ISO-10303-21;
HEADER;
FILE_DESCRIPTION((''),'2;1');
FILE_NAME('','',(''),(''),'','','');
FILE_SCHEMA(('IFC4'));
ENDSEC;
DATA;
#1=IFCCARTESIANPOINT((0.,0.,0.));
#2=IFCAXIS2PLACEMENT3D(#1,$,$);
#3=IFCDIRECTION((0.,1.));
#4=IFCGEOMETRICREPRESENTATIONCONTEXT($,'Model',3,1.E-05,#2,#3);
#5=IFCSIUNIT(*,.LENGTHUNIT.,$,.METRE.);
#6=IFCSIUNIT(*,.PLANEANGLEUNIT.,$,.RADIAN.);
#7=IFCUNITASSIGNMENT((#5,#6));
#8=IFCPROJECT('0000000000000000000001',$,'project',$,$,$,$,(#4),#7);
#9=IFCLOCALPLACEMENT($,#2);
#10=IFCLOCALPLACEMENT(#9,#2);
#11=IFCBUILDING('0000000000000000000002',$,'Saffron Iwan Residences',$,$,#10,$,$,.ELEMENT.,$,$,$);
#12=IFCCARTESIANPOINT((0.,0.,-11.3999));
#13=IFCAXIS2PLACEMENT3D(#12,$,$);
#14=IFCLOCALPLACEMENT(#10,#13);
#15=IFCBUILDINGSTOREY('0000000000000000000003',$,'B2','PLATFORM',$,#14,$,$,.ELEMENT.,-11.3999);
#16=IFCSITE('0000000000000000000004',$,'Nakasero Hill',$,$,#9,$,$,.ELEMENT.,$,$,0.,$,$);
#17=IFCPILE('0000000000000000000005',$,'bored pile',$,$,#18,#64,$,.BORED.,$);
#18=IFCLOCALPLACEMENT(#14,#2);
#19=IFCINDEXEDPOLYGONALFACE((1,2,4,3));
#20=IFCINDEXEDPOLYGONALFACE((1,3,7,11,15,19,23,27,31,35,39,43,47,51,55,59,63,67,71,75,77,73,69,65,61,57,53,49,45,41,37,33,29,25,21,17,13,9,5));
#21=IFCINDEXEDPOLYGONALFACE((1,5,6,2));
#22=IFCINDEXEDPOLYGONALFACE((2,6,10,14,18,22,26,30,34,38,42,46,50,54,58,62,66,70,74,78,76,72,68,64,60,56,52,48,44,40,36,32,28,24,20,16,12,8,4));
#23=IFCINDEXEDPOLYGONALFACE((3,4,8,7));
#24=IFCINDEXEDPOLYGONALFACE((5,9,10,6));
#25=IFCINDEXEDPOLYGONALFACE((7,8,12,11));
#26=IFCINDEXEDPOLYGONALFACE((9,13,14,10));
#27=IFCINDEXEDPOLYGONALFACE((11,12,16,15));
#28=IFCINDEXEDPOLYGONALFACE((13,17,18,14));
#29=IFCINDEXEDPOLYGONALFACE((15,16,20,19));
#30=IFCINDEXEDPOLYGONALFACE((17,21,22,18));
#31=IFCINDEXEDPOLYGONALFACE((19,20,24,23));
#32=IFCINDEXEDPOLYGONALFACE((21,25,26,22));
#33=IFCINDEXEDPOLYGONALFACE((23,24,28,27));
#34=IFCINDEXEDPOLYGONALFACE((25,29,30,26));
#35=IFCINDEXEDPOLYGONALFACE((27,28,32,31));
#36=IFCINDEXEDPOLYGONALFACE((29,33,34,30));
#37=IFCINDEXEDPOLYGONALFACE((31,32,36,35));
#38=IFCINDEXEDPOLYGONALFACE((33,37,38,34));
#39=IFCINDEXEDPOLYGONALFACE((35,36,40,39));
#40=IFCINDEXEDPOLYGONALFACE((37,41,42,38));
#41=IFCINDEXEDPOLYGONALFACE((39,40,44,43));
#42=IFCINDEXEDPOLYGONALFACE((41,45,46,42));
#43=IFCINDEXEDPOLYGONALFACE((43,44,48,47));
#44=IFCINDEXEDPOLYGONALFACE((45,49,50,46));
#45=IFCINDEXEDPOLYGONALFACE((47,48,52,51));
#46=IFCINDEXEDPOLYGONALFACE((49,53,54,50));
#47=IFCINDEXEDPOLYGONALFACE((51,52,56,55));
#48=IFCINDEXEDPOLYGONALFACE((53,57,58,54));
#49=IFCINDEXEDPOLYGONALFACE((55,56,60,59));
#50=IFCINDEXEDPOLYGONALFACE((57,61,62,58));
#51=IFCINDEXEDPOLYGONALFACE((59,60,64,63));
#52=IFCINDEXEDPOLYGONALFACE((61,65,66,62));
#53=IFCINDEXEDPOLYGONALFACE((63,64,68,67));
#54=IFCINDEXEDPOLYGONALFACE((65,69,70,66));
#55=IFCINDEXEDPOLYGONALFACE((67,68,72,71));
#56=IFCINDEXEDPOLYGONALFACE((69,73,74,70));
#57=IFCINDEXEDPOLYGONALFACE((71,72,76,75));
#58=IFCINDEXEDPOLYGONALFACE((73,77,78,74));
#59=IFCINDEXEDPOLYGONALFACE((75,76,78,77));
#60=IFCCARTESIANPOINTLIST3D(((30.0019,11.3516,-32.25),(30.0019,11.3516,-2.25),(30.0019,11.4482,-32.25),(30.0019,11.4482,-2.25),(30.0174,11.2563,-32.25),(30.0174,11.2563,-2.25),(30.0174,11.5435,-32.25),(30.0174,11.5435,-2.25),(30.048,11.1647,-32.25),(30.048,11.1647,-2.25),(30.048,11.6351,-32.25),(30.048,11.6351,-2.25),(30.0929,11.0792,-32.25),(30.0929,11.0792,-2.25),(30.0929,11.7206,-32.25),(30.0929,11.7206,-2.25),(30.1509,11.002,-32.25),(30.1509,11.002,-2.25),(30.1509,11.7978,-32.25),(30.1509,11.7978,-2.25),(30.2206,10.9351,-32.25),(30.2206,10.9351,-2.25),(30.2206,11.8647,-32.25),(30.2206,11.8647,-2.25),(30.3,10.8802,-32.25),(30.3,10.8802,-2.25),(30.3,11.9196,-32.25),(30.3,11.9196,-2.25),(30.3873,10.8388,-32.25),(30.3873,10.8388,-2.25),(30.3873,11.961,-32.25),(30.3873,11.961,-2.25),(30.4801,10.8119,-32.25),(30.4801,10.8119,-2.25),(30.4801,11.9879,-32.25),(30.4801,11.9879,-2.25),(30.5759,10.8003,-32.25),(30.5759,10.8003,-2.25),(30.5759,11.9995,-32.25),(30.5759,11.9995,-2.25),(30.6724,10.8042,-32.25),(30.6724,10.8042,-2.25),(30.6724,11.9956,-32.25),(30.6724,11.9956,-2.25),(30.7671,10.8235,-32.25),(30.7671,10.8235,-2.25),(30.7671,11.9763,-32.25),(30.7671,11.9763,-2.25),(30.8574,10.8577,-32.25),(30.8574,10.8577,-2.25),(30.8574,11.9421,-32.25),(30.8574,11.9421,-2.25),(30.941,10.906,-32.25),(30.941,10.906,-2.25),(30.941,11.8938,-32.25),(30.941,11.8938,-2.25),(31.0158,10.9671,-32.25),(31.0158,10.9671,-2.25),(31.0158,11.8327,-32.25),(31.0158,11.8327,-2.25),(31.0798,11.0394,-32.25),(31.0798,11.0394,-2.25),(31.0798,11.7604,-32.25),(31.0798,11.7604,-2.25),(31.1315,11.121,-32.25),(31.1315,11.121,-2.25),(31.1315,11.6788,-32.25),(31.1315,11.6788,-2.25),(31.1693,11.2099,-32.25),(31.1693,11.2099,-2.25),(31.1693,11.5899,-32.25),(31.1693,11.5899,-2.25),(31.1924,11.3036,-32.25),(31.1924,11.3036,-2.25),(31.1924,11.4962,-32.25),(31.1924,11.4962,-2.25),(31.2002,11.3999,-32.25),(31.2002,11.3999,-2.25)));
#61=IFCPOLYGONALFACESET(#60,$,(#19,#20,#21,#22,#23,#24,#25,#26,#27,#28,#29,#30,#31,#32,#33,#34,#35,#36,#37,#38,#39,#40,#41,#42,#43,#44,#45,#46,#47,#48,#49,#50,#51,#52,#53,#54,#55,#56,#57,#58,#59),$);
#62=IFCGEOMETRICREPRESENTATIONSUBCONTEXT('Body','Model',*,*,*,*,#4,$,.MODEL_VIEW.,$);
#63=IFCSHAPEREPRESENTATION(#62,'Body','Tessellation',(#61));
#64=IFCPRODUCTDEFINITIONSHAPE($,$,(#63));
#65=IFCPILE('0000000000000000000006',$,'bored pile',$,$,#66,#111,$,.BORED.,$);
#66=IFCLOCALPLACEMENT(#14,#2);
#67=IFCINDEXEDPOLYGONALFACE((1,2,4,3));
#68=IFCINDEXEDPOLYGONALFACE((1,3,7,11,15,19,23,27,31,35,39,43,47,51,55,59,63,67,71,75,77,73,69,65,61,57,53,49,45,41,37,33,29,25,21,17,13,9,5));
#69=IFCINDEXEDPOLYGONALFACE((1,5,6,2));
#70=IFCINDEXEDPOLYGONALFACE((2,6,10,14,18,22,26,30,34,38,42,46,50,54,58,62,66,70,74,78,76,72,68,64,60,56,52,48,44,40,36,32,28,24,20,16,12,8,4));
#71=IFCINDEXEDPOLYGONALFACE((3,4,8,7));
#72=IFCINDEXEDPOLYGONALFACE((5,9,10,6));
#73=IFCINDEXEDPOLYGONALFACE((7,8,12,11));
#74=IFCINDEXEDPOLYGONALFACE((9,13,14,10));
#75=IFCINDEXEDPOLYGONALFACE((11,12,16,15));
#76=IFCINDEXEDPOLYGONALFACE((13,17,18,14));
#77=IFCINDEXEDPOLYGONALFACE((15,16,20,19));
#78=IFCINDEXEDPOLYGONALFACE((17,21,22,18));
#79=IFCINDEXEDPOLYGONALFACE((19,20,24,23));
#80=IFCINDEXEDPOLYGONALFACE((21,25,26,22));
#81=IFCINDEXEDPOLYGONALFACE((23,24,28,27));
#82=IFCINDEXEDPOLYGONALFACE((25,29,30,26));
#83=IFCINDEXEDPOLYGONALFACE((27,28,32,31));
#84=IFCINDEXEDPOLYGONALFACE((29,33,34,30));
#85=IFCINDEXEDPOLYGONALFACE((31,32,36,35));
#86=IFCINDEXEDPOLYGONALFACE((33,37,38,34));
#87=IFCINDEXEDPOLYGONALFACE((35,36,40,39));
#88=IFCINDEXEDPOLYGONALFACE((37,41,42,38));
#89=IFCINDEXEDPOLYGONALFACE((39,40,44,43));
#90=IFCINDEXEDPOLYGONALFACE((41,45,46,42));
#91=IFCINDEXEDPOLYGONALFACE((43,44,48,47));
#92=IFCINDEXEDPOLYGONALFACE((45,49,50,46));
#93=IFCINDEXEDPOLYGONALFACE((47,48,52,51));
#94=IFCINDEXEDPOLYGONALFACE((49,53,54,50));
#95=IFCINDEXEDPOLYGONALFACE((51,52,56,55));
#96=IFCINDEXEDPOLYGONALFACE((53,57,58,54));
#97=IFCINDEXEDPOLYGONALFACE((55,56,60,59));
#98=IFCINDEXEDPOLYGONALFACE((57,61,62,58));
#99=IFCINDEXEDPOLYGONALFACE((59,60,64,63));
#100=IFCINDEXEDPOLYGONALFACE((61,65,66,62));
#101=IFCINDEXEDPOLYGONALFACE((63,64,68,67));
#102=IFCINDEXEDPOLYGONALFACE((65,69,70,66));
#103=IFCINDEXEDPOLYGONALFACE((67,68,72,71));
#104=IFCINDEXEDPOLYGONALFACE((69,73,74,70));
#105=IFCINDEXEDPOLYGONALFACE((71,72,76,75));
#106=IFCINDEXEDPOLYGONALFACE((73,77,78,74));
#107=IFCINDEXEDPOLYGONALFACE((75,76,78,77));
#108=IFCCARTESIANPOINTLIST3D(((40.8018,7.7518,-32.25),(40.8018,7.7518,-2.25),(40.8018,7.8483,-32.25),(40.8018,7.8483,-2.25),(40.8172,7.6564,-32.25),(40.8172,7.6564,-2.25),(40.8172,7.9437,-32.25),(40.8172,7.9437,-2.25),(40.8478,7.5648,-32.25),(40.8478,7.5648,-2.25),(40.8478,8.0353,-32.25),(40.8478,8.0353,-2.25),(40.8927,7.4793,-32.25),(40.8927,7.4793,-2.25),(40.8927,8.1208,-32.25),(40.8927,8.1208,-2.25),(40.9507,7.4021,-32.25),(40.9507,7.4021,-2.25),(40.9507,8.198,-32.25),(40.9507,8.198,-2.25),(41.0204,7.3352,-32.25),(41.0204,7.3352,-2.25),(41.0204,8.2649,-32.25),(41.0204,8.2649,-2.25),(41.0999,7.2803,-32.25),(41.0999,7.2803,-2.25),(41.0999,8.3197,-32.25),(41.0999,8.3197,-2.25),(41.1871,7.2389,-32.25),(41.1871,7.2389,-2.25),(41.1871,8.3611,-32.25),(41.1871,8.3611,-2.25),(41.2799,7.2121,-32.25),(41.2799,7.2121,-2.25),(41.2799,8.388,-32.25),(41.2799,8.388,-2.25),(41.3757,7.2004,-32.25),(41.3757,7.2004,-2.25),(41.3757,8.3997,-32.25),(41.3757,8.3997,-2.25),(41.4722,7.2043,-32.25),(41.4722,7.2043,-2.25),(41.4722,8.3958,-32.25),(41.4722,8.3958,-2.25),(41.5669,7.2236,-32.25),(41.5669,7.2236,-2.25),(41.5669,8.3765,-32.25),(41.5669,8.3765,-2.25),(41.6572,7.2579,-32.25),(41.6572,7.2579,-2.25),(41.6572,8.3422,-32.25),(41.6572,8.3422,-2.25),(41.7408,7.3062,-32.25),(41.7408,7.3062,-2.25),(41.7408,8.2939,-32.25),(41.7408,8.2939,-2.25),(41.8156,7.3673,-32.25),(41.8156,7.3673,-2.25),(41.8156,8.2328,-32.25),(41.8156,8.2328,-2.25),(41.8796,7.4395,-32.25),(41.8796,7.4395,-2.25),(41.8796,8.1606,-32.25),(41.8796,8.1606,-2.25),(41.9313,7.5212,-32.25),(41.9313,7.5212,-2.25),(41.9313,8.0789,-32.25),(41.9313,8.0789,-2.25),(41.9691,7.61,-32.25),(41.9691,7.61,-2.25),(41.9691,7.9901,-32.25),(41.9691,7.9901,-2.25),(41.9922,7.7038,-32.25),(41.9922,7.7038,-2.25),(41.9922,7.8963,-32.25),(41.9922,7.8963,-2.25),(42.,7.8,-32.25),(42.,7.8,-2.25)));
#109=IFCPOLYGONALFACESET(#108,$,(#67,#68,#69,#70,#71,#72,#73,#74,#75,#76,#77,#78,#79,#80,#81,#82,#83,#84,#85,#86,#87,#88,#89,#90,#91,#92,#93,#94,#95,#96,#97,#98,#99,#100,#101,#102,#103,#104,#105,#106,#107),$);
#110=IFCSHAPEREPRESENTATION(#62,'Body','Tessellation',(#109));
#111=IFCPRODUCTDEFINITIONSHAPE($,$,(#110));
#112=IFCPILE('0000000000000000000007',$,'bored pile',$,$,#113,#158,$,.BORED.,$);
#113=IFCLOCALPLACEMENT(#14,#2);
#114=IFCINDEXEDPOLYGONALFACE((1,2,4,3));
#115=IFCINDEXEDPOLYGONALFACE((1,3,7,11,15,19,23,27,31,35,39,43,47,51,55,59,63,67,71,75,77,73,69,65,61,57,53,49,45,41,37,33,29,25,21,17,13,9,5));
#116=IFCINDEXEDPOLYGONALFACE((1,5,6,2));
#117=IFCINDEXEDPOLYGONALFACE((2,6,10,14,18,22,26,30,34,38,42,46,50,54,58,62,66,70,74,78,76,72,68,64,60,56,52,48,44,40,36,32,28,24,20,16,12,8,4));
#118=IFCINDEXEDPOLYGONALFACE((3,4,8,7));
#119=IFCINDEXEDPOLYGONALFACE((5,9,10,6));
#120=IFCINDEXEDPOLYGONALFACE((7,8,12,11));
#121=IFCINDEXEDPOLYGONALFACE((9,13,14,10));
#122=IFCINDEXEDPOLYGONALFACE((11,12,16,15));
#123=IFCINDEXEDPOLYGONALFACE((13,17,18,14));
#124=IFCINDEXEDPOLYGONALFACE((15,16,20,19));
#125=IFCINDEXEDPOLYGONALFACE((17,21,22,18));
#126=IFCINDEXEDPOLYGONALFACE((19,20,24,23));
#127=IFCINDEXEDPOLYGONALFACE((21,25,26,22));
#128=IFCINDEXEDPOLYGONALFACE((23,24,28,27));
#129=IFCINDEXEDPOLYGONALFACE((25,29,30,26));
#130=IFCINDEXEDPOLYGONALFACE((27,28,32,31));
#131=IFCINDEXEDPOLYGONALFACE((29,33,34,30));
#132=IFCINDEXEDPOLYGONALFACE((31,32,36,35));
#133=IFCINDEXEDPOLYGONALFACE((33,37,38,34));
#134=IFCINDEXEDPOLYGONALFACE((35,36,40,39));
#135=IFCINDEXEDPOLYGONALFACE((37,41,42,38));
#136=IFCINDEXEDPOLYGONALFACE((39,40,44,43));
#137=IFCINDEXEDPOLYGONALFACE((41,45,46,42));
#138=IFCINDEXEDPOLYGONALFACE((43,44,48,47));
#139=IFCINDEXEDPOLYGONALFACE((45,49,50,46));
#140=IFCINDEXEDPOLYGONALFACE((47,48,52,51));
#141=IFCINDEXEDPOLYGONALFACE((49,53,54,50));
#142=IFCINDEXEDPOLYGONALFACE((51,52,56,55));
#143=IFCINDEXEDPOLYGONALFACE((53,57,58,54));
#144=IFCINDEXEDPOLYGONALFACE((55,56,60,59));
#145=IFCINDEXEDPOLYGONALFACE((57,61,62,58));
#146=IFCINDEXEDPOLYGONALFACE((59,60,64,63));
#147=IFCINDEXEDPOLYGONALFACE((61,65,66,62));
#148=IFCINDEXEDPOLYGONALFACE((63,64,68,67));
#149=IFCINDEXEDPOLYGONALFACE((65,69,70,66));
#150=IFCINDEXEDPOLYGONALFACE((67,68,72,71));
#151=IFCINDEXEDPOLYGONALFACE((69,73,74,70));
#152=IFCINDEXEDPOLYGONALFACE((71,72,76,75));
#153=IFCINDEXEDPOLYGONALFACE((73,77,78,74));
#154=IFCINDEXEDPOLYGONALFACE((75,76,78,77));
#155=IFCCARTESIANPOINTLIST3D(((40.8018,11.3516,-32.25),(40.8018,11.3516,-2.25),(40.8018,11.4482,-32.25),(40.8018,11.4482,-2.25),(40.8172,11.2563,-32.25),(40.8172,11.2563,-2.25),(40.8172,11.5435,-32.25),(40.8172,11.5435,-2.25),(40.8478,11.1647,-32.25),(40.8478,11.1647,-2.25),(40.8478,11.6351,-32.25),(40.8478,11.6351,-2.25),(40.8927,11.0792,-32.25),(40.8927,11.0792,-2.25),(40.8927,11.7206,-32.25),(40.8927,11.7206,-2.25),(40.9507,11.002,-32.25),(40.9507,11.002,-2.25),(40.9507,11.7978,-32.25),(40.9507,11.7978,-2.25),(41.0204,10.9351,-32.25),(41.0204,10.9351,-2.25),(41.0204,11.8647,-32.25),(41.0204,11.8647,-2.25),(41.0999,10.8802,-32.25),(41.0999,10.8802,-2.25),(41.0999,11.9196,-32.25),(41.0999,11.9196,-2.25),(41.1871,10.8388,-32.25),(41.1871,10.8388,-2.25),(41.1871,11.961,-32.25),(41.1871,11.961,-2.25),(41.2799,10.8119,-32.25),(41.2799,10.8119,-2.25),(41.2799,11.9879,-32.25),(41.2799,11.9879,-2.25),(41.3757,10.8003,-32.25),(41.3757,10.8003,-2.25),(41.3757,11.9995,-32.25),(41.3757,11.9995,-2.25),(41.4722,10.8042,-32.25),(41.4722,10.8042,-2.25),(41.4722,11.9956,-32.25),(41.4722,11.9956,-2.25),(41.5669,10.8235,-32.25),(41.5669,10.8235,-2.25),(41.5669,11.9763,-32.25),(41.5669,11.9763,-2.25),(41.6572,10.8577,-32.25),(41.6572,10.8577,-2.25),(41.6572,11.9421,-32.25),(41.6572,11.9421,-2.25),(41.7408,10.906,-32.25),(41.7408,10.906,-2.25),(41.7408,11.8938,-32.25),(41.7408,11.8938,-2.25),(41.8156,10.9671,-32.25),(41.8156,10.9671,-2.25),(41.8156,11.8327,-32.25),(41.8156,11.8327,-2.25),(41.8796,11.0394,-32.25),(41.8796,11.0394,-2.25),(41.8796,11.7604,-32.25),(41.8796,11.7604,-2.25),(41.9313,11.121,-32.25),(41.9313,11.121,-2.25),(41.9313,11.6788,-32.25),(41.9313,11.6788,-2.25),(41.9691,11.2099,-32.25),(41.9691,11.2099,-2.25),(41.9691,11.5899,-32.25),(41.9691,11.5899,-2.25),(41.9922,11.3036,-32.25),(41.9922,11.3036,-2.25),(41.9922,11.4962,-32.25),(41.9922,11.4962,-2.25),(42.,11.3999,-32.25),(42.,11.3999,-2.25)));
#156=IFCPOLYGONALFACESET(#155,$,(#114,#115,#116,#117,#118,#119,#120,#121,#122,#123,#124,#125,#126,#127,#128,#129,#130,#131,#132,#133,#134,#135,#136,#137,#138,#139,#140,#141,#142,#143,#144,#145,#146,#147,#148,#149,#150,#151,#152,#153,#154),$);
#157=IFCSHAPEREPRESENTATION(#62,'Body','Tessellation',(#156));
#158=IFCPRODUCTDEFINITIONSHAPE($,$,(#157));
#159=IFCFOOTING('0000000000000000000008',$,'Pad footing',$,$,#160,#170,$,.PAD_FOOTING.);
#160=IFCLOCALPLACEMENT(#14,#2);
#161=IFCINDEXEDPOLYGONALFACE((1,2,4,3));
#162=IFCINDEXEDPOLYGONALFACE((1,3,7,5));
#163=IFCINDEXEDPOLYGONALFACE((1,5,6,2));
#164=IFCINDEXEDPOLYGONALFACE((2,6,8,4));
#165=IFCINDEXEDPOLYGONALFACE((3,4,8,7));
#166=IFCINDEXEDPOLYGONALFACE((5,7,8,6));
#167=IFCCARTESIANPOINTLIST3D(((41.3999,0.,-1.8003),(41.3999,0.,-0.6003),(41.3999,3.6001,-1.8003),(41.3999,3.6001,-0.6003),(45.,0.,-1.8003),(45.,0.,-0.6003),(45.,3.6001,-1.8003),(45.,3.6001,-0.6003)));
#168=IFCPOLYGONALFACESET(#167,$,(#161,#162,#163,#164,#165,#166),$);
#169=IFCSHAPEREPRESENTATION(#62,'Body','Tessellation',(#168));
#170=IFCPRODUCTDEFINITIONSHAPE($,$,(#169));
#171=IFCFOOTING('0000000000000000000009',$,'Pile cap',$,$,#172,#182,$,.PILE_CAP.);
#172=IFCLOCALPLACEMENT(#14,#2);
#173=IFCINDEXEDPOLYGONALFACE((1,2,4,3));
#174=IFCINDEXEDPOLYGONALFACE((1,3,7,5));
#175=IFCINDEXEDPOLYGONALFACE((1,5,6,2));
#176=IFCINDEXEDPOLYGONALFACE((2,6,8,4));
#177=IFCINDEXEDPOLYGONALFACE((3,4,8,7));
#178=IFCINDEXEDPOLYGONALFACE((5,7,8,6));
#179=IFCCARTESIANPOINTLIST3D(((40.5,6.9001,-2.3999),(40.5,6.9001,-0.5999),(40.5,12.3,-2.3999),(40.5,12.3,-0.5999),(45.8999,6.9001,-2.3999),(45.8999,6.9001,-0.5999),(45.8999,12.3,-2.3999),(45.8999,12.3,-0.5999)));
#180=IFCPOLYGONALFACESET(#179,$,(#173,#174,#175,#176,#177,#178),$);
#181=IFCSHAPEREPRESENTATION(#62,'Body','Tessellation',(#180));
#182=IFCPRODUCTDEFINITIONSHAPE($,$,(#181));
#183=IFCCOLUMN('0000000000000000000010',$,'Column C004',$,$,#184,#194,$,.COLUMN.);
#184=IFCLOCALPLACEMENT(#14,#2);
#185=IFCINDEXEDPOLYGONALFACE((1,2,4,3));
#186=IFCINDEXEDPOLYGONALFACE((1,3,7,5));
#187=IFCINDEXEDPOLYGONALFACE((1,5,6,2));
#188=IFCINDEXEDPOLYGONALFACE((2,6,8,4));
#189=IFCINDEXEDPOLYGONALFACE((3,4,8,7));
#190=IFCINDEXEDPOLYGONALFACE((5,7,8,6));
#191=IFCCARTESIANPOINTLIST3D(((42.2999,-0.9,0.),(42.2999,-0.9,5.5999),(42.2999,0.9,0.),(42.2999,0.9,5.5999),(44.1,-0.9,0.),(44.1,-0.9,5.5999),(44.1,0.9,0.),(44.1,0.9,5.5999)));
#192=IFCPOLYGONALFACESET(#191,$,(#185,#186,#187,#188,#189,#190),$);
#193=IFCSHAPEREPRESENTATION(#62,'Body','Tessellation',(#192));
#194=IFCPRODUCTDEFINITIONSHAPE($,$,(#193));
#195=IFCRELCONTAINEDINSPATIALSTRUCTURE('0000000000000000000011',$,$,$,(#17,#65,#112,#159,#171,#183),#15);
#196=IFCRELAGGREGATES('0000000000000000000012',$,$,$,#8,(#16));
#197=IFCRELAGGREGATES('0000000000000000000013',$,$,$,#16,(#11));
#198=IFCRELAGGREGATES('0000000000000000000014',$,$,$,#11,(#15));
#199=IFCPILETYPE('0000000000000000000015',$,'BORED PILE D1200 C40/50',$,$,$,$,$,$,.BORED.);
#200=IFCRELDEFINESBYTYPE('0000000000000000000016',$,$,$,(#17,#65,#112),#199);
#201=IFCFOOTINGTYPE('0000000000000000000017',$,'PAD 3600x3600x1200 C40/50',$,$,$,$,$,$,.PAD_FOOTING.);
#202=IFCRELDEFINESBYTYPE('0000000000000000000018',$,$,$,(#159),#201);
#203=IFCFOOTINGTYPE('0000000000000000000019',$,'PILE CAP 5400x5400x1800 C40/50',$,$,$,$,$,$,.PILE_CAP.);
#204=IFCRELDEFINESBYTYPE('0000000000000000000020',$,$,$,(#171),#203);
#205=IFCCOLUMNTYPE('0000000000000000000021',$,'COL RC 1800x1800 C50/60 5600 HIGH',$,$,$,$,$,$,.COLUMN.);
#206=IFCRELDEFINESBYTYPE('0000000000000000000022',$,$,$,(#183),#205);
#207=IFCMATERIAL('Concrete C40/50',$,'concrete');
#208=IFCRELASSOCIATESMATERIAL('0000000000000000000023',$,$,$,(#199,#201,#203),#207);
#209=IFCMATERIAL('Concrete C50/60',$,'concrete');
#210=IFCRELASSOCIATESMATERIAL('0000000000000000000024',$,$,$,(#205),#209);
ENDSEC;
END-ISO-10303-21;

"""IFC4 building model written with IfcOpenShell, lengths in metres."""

from ifc_helpers import new_model, si_unit, direction, frame, origin, origin_2d, place, context, subcontext, project, spatial, rectangle, circle, extrude, source, transform, mapped, material, material_profile, profile_set, type_object, element, save


model = new_model("IFC4")

# Units and contexts
model_context = context("Model", 3, precision=1e-05, world=origin(), true_north=direction((0.0, 1.0)))
body_context = subcontext(model_context, "Body", "Model", "MODEL_VIEW")
ifc_project = project(units=[si_unit("LENGTHUNIT", "METRE"), si_unit("PLANEANGLEUNIT", "RADIAN")], contexts=[model_context])

# Site, building, storey
site_placement = place(None, origin())
site = spatial("IfcSite", under=ifc_project, at=site_placement, Name="Nakasero Hill", CompositionType="ELEMENT", RefElevation=0.0)
building_placement = place(site_placement, origin())
building = spatial("IfcBuilding", under=site, at=building_placement, Name="Saffron Iwan Residences", CompositionType="ELEMENT")
storey_placement = place(building_placement, frame((0.0, 0.0, -11.3999)))
storey = spatial("IfcBuildingStorey", under=building, at=storey_placement, Name="B2", Description="PLATFORM", CompositionType="ELEMENT", Elevation=-11.3999)

# Piles
ifc_material_1 = material(Name="Concrete C40/50", Category="concrete")
ifc_material_profile_1 = material_profile(ifc_material_1, circle(Radius=0.6001, at=origin_2d()), Name="RC D1200")
ifc_profile_set_1 = profile_set([ifc_material_profile_1], Name="Concrete C40/50")
pile_type = type_object("IfcPileType", Name="BORED PILE D1200 C40/50", PredefinedType="BORED", material=ifc_profile_set_1)
for number, where, z_axis, x_axis, name in (
    (1, (30.6001, 11.3999, -2.25), (0.0, 0.0, -1.0), (1.0, 0.0, 0.0), "bored pile"),
    (2, (41.3999, 7.8, -2.25), (0.0, 0.0, -1.0), (1.0, 0.0, 0.0), "bored pile"),
    (3, (41.3999, 11.3999, -2.25), (0.0, 0.0, -1.0), (1.0, 0.0, 0.0), "bored pile"),
):
    element("IfcPile", number, at=place(storey_placement, frame(where, z_axis=z_axis, x_axis=x_axis)), inside=storey, type_object=pile_type, Name=name, PredefinedType="BORED", context=body_context, shape_type="SweptSolid", body=[
        extrude(circle(Radius=0.6001, at=origin_2d()), origin(), (0.0, 0.0, 1.0), 30.0),
    ])

# Footings
footing_type_1 = type_object("IfcFootingType", Name="PAD 3600x3600x1200 C40/50", PredefinedType="PAD_FOOTING", material=ifc_material_1)
shared_shape_1 = source(origin(), body_context, "Body", "SweptSolid", [
    extrude(rectangle(XDim=3.6001, YDim=3.6001, at=origin_2d()), origin(), (0.0, 0.0, 1.0), 1.2),
])
footing_1_placement = place(storey_placement, frame((43.2, 1.8, -1.8003), z_axis=(0.0, 0.0, 1.0), x_axis=(1.0, 0.0, 0.0)))
element("IfcFooting", 4, at=footing_1_placement, inside=storey, type_object=footing_type_1, Name="Pad footing", PredefinedType="PAD_FOOTING", context=body_context, shape_type="MappedRepresentation", body=[
    mapped(shared_shape_1, transform((0.0, 0.0, 0.0))),
])
footing_type_2 = type_object("IfcFootingType", Name="PILE CAP 5400x5400x1800 C40/50", PredefinedType="PILE_CAP", material=ifc_material_1)
shared_shape_2 = source(origin(), body_context, "Body", "SweptSolid", [
    extrude(rectangle(XDim=5.3999, YDim=5.3999, at=origin_2d()), origin(), (0.0, 0.0, 1.0), 1.8),
])
footing_2_placement = place(storey_placement, frame((43.2, 9.6001, -2.3999), z_axis=(0.0, 0.0, 1.0), x_axis=(1.0, 0.0, 0.0)))
element("IfcFooting", 5, at=footing_2_placement, inside=storey, type_object=footing_type_2, Name="Pile cap", PredefinedType="PILE_CAP", context=body_context, shape_type="MappedRepresentation", body=[
    mapped(shared_shape_2, transform((0.0, 0.0, 0.0))),
])

# Column
ifc_material_2 = material(Name="Concrete C50/60", Category="concrete")
ifc_material_profile_2 = material_profile(ifc_material_2, rectangle(XDim=1.8, YDim=1.8, at=origin_2d()), Name="RC 1800x1800")
ifc_profile_set_2 = profile_set([ifc_material_profile_2], Name="Concrete C50/60")
column_type = type_object("IfcColumnType", Name="COL RC 1800x1800 C50/60 5600 HIGH", PredefinedType="COLUMN", material=ifc_profile_set_2)
shared_shape_3 = source(origin(), body_context, "Body", "SweptSolid", [
    extrude(rectangle(XDim=1.8, YDim=1.8, at=origin_2d()), origin(), (0.0, 0.0, 1.0), 5.5999),
])
for number, where, z_axis, x_axis, name in (
    (6, (43.2, 0.0, 0.0), (0.0, 0.0, 1.0), (1.0, 0.0, 0.0), "Column C004"),
):
    element("IfcColumn", number, at=place(storey_placement, frame(where, z_axis=z_axis, x_axis=x_axis)), inside=storey, type_object=column_type, Name=name, PredefinedType="COLUMN", context=body_context, shape_type="MappedRepresentation", body=[
        mapped(shared_shape_3, transform((0.0, 0.0, 0.0))),
    ])

save(model, "model.ifc")
